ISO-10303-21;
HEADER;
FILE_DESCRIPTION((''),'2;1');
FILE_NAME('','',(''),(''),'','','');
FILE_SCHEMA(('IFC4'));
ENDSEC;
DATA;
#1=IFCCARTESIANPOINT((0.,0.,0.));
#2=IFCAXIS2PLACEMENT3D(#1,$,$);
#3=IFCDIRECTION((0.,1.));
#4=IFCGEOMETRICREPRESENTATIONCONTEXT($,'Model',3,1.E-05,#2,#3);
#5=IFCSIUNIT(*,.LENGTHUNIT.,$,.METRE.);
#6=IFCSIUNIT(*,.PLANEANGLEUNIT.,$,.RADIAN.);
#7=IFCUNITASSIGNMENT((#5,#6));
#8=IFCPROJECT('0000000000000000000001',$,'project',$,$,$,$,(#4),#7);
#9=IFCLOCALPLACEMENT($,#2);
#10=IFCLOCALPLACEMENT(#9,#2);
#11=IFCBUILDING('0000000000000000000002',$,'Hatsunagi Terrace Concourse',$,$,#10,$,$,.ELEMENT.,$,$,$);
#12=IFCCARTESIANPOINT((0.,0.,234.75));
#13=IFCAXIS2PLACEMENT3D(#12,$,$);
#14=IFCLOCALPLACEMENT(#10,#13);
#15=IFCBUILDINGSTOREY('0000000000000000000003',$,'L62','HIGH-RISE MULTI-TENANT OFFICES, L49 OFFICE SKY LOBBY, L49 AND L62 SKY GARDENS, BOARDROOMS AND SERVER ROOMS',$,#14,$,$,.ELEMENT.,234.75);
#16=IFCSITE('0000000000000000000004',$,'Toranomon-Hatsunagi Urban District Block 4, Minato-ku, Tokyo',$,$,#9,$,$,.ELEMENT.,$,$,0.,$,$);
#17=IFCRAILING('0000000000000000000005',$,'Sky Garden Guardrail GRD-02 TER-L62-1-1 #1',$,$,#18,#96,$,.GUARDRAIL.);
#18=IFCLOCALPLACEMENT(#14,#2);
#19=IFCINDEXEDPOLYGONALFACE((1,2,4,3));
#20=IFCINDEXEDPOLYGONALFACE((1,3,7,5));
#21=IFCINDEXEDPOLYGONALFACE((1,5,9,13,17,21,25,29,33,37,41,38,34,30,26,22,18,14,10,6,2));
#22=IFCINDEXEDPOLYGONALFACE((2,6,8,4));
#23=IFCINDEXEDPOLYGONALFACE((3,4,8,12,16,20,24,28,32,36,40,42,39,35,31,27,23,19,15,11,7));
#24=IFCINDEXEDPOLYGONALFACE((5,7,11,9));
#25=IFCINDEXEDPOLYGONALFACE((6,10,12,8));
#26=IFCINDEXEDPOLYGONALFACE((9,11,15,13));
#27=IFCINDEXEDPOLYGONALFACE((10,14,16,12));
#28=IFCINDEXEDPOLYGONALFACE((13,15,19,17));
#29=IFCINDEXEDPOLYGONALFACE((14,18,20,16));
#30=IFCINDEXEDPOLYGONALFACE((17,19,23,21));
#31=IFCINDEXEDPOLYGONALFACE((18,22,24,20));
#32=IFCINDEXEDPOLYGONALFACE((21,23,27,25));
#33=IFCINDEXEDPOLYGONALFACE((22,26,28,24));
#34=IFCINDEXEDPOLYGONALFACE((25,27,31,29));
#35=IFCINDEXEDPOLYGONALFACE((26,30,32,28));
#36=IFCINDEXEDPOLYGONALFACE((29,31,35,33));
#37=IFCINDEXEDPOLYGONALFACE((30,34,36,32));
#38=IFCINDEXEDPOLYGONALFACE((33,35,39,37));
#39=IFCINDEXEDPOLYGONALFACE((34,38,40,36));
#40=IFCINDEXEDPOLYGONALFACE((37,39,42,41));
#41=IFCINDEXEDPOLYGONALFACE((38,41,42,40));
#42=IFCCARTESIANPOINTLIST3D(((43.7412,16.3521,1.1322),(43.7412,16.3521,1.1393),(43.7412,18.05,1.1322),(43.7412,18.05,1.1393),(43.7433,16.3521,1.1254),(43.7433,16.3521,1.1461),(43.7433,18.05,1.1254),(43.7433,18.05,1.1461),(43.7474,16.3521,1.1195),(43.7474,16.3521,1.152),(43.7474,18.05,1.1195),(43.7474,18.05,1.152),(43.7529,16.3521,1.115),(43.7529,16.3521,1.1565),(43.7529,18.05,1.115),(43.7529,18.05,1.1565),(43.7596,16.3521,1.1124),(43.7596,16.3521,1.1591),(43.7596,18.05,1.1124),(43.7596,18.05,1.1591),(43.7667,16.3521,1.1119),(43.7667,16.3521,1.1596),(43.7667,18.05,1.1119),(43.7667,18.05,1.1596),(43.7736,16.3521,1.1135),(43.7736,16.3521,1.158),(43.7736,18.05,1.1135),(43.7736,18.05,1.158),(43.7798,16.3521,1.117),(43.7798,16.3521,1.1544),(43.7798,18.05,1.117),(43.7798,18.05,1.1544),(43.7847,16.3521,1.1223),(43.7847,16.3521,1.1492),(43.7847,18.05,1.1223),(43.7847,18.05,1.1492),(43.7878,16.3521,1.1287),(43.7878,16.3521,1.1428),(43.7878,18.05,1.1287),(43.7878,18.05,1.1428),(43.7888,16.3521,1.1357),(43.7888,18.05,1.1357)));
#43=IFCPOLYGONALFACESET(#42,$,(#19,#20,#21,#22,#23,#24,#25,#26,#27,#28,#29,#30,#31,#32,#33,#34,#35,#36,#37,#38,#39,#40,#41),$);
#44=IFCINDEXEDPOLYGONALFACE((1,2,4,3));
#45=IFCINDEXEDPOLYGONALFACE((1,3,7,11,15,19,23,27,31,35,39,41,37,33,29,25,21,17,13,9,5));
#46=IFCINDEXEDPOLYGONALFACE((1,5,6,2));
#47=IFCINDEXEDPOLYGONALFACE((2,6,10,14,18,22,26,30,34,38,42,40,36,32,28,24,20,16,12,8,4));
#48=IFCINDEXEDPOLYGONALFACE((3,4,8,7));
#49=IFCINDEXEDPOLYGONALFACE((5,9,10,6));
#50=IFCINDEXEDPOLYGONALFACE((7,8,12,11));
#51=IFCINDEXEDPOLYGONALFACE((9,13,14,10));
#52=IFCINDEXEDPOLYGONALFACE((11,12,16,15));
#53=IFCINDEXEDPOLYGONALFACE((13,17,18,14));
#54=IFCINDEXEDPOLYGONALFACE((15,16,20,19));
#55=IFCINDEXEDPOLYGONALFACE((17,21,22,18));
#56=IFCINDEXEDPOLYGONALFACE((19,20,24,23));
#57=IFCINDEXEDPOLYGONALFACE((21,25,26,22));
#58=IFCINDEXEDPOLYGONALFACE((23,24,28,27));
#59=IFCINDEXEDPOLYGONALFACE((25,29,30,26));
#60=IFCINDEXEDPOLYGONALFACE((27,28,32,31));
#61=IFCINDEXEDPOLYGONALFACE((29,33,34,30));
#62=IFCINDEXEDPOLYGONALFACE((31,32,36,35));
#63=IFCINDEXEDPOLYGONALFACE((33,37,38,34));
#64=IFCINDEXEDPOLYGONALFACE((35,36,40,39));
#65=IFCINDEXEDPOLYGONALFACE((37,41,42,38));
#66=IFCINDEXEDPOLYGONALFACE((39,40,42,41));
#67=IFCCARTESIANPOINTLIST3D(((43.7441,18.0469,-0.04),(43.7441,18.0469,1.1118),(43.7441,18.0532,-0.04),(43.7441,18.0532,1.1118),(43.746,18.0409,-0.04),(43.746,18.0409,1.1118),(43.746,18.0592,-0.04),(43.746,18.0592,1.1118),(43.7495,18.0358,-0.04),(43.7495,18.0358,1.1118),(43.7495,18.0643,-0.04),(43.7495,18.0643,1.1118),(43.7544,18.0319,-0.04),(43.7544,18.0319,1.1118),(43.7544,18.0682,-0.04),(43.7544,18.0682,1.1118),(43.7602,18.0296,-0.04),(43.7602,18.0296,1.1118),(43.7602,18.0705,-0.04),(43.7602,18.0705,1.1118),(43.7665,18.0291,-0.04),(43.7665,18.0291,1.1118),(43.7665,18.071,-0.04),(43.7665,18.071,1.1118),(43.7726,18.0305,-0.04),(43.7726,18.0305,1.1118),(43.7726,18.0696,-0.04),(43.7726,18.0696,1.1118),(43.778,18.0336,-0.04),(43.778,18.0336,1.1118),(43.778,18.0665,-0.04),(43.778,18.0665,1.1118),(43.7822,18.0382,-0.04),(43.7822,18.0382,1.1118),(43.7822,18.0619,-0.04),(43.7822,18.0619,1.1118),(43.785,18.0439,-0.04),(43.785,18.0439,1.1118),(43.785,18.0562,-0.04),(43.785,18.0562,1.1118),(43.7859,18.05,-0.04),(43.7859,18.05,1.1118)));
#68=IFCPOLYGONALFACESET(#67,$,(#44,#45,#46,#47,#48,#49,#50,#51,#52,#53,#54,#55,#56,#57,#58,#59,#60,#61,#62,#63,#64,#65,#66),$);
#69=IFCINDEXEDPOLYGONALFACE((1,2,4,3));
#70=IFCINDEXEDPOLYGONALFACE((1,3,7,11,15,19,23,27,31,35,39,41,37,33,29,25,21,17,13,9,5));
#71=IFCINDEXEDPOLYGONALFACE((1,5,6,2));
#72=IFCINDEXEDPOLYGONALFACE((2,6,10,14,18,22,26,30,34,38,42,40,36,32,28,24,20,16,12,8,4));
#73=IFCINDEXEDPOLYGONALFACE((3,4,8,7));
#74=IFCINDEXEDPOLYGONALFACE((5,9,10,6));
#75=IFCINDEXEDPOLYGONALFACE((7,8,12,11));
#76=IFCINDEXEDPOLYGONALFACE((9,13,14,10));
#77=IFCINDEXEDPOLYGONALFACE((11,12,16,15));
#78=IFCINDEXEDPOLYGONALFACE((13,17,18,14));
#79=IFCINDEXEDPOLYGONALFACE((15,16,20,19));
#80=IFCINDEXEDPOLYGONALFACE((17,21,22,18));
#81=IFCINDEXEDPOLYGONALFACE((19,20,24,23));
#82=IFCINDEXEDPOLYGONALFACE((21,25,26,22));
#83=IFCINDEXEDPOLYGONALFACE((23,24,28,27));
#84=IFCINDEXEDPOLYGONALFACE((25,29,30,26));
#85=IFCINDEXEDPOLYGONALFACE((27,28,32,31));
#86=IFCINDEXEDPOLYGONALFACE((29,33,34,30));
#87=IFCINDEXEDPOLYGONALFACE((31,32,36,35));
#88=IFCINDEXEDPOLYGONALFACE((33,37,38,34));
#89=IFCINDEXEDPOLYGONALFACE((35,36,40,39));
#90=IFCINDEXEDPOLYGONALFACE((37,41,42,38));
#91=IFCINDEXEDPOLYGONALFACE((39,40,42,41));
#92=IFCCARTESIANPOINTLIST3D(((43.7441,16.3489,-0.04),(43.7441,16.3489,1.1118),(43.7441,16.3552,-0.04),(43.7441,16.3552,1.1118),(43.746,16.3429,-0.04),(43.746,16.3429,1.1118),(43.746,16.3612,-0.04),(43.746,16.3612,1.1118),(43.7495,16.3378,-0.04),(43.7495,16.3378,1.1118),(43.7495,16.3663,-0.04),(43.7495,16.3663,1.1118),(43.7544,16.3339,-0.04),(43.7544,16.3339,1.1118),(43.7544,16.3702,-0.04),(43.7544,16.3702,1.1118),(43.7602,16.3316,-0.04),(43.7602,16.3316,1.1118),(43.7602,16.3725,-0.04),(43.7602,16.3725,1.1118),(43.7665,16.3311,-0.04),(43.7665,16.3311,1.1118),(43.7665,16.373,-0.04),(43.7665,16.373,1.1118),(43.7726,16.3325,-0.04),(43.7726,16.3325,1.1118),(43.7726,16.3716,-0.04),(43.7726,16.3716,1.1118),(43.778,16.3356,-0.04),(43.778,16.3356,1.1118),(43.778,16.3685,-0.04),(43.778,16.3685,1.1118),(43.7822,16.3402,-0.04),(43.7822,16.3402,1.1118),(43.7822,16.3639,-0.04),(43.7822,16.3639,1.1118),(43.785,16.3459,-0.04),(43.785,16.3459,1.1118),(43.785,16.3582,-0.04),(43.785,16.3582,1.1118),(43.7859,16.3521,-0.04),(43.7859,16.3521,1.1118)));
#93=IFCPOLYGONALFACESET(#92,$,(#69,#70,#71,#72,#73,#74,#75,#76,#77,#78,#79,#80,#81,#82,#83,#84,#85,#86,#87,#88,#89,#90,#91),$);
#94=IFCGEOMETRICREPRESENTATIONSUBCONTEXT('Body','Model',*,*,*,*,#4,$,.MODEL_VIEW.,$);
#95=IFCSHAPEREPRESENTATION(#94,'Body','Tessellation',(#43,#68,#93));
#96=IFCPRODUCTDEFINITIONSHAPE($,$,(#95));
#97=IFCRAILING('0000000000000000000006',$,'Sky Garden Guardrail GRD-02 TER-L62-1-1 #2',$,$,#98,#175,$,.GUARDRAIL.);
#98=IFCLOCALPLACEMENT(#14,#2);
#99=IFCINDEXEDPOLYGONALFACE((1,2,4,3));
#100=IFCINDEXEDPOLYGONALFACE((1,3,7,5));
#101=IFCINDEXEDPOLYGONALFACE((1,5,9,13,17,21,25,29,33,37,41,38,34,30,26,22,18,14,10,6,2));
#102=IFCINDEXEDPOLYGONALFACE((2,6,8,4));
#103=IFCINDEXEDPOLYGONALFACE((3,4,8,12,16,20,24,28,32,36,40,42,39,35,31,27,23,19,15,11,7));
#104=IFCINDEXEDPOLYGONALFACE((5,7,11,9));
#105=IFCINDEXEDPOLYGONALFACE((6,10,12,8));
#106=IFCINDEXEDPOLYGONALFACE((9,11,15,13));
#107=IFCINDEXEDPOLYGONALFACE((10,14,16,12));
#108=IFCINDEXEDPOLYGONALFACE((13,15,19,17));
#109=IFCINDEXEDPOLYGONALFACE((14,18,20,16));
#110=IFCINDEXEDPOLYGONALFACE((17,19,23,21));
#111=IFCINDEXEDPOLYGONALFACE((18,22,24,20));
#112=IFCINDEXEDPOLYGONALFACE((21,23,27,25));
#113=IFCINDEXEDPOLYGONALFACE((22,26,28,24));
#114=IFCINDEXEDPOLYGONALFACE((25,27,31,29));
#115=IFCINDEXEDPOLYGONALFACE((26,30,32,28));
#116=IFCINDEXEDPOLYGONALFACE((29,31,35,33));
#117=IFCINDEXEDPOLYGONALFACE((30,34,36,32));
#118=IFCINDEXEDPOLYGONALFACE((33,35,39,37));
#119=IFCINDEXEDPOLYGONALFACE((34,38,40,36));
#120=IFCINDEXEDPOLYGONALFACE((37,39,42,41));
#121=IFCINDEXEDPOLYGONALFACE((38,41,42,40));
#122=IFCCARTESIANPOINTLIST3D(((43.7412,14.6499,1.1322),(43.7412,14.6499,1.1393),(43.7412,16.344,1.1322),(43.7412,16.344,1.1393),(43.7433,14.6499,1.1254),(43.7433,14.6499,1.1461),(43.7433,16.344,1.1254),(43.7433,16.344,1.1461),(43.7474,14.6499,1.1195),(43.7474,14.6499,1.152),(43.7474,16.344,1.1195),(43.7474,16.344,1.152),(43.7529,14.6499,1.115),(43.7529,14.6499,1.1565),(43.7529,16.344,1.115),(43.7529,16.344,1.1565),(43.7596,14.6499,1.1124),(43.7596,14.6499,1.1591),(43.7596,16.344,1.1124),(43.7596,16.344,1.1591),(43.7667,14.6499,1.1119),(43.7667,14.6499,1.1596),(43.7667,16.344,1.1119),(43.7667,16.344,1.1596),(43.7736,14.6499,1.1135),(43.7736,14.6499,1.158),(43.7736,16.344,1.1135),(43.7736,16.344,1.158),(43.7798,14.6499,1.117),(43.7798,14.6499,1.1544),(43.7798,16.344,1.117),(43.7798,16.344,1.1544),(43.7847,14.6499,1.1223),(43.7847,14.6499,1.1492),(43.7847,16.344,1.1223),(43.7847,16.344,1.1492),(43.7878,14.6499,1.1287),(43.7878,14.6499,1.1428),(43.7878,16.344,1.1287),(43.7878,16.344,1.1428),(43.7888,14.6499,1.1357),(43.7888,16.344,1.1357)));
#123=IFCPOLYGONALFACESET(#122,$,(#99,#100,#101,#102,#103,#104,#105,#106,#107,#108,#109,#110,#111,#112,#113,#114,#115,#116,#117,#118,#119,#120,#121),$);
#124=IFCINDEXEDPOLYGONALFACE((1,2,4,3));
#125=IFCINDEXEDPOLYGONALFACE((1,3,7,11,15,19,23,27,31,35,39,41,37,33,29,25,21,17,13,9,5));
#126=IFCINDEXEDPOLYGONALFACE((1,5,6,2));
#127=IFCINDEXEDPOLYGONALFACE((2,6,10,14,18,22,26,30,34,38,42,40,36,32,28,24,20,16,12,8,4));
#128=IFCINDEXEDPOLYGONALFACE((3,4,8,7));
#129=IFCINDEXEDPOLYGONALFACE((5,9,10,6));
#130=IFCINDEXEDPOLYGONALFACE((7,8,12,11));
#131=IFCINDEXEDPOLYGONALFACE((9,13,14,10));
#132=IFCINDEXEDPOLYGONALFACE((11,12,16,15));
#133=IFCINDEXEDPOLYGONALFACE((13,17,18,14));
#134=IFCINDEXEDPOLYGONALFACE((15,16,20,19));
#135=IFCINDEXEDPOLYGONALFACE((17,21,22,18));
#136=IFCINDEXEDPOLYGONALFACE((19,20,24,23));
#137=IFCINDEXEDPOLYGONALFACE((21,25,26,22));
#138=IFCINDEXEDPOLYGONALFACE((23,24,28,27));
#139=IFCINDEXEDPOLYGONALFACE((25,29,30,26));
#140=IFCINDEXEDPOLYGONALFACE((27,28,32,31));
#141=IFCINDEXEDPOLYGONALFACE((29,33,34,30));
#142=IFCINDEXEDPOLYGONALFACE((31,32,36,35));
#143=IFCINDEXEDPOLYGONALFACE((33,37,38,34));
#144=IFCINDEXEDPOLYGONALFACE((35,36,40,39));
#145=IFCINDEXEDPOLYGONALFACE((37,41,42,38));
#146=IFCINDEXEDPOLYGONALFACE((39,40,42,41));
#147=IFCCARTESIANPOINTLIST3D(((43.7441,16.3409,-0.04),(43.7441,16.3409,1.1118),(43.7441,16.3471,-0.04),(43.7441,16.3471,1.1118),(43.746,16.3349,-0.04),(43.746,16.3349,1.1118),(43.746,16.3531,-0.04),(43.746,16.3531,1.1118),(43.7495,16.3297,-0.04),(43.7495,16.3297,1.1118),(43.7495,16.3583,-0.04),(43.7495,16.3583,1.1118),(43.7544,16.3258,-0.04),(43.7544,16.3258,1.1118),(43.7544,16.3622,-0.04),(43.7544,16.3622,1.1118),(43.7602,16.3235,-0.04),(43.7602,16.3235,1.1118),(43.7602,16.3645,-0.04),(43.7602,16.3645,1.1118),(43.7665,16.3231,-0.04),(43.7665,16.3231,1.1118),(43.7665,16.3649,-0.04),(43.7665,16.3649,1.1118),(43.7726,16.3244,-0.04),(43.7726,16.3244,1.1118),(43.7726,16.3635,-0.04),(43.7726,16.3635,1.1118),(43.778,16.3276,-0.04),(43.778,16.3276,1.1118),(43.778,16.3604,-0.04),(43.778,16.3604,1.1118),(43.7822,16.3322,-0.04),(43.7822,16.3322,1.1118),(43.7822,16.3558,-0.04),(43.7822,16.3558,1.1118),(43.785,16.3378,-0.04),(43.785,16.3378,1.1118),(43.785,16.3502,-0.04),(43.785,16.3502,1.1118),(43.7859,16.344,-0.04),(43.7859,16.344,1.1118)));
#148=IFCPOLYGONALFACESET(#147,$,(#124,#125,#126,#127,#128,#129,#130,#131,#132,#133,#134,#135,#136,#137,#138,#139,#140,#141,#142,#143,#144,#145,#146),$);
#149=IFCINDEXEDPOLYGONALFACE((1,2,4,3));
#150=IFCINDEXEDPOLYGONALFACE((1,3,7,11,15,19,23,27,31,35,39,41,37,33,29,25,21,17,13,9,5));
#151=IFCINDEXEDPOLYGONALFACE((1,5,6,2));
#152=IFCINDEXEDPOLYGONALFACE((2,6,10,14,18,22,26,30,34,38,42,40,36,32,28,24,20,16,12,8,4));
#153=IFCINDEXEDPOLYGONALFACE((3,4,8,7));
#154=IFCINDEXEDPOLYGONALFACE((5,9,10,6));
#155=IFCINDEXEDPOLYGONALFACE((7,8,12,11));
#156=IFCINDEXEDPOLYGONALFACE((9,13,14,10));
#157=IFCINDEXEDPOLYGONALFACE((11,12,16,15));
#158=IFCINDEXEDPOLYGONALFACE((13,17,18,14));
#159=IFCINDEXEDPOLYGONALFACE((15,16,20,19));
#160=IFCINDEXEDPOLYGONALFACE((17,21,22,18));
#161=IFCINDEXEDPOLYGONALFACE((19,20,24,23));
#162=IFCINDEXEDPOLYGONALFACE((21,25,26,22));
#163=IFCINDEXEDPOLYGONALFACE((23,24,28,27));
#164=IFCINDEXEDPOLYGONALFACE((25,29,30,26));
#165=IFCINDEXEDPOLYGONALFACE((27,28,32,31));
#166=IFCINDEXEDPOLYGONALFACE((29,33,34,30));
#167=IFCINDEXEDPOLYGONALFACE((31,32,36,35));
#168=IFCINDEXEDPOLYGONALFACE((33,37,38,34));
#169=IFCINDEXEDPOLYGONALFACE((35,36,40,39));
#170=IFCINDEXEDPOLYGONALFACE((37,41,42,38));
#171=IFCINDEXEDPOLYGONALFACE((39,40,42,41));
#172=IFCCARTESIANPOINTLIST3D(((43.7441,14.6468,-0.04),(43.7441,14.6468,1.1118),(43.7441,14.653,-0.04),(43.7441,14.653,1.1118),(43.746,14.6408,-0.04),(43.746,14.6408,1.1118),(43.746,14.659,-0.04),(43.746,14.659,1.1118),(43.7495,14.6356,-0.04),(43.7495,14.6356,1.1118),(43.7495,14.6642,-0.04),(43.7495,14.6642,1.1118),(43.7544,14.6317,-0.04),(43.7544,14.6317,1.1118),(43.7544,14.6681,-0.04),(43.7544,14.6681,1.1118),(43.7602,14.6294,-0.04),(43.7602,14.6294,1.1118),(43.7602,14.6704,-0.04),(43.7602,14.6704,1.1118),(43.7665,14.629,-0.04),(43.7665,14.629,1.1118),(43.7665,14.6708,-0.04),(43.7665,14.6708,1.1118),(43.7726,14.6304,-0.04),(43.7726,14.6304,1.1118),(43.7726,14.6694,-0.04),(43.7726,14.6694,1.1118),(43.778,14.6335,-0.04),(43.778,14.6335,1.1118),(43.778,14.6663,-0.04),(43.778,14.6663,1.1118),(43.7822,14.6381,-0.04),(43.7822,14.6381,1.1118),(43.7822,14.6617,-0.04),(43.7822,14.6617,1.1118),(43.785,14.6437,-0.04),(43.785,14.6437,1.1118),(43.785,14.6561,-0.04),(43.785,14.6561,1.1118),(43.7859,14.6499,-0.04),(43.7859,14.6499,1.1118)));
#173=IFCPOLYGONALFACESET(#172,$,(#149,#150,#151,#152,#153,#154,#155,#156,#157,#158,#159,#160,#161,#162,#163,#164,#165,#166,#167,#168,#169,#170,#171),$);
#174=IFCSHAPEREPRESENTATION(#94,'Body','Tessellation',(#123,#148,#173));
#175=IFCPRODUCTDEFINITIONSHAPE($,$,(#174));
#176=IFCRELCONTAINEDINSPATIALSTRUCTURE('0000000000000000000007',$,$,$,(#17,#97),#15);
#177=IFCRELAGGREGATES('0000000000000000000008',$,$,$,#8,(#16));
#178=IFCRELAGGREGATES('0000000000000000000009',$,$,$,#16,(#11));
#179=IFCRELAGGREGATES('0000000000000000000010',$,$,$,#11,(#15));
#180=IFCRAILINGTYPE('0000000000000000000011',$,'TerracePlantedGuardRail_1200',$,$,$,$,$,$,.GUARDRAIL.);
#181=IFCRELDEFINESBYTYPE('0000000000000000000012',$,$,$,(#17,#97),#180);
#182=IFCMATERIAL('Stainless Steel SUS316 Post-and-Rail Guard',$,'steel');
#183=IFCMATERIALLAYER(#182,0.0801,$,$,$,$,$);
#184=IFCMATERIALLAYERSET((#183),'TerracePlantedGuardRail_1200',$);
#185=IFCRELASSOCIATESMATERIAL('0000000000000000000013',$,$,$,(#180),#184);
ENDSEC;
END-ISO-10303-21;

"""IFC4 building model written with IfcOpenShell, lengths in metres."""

from ifc_helpers import new_model, si_unit, direction, frame, origin, origin_2d, place, context, subcontext, project, spatial, circle, extrude, material, layer, layer_set, type_object, element, save


model = new_model("IFC4")

# Units and contexts
model_context = context("Model", 3, precision=1e-05, world=origin(), true_north=direction((0.0, 1.0)))
body_context = subcontext(model_context, "Body", "Model", "MODEL_VIEW")
ifc_project = project(units=[si_unit("LENGTHUNIT", "METRE"), si_unit("PLANEANGLEUNIT", "RADIAN")], contexts=[model_context])

# Site, building, storey
site_placement = place(None, origin())
site = spatial("IfcSite", under=ifc_project, at=site_placement, Name="Toranomon-Hatsunagi Urban District Block 4, Minato-ku, Tokyo", CompositionType="ELEMENT", RefElevation=0.0)
building_placement = place(site_placement, origin())
building = spatial("IfcBuilding", under=site, at=building_placement, Name="Hatsunagi Terrace Concourse", CompositionType="ELEMENT")
storey_placement = place(building_placement, frame((0.0, 0.0, 234.75)))
storey = spatial("IfcBuildingStorey", under=building, at=storey_placement, Name="L62", Description="HIGH-RISE MULTI-TENANT OFFICES, L49 OFFICE SKY LOBBY, L49 AND L62 SKY GARDENS, BOARDROOMS AND SERVER ROOMS", CompositionType="ELEMENT", Elevation=234.75)

# Railings
ifc_material_1 = material(Name="Stainless Steel SUS316 Post-and-Rail Guard", Category="steel")
ifc_layer_1 = layer(ifc_material_1, 0.0801)
ifc_layer_set_1 = layer_set([ifc_layer_1], Name="TerracePlantedGuardRail_1200")
railing_type = type_object("IfcRailingType", Name="TerracePlantedGuardRail_1200", PredefinedType="GUARDRAIL", material=ifc_layer_set_1)
railing_1_placement = place(storey_placement, frame((43.7649, 18.05, -0.04)))
element("IfcRailing", 1, at=railing_1_placement, inside=storey, type_object=railing_type, Name="Sky Garden Guardrail GRD-02 TER-L62-1-1 #1", PredefinedType="GUARDRAIL", context=body_context, shape_type="SweptSolid", body=[
    extrude(circle(Radius=0.0239, at=origin_2d()), frame((0.0, 0.0, 1.1758), z_axis=(0.0, -1.0, 0.0), x_axis=(1.0, 0.0, 0.0)), (0.0, 0.0, 1.0), 1.698),
    extrude(circle(Radius=0.021, at=origin_2d()), origin(), (0.0, 0.0, 1.0), 1.1519),
    extrude(circle(Radius=0.021, at=origin_2d()), frame((0.0, -1.698, 0.0)), (0.0, 0.0, 1.0), 1.1519),
])
railing_2_placement = place(storey_placement, frame((43.7649, 16.344, -0.04)))
element("IfcRailing", 2, at=railing_2_placement, inside=storey, type_object=railing_type, Name="Sky Garden Guardrail GRD-02 TER-L62-1-1 #2", PredefinedType="GUARDRAIL", context=body_context, shape_type="SweptSolid", body=[
    extrude(circle(Radius=0.0239, at=origin_2d()), frame((0.0, 0.0, 1.1758), z_axis=(0.0, -1.0, 0.0), x_axis=(1.0, 0.0, 0.0)), (0.0, 0.0, 1.0), 1.6941),
    extrude(circle(Radius=0.021, at=origin_2d()), origin(), (0.0, 0.0, 1.0), 1.1519),
    extrude(circle(Radius=0.021, at=origin_2d()), frame((0.0, -1.6941, 0.0)), (0.0, 0.0, 1.0), 1.1519),
])

save(model, "model.ifc")
